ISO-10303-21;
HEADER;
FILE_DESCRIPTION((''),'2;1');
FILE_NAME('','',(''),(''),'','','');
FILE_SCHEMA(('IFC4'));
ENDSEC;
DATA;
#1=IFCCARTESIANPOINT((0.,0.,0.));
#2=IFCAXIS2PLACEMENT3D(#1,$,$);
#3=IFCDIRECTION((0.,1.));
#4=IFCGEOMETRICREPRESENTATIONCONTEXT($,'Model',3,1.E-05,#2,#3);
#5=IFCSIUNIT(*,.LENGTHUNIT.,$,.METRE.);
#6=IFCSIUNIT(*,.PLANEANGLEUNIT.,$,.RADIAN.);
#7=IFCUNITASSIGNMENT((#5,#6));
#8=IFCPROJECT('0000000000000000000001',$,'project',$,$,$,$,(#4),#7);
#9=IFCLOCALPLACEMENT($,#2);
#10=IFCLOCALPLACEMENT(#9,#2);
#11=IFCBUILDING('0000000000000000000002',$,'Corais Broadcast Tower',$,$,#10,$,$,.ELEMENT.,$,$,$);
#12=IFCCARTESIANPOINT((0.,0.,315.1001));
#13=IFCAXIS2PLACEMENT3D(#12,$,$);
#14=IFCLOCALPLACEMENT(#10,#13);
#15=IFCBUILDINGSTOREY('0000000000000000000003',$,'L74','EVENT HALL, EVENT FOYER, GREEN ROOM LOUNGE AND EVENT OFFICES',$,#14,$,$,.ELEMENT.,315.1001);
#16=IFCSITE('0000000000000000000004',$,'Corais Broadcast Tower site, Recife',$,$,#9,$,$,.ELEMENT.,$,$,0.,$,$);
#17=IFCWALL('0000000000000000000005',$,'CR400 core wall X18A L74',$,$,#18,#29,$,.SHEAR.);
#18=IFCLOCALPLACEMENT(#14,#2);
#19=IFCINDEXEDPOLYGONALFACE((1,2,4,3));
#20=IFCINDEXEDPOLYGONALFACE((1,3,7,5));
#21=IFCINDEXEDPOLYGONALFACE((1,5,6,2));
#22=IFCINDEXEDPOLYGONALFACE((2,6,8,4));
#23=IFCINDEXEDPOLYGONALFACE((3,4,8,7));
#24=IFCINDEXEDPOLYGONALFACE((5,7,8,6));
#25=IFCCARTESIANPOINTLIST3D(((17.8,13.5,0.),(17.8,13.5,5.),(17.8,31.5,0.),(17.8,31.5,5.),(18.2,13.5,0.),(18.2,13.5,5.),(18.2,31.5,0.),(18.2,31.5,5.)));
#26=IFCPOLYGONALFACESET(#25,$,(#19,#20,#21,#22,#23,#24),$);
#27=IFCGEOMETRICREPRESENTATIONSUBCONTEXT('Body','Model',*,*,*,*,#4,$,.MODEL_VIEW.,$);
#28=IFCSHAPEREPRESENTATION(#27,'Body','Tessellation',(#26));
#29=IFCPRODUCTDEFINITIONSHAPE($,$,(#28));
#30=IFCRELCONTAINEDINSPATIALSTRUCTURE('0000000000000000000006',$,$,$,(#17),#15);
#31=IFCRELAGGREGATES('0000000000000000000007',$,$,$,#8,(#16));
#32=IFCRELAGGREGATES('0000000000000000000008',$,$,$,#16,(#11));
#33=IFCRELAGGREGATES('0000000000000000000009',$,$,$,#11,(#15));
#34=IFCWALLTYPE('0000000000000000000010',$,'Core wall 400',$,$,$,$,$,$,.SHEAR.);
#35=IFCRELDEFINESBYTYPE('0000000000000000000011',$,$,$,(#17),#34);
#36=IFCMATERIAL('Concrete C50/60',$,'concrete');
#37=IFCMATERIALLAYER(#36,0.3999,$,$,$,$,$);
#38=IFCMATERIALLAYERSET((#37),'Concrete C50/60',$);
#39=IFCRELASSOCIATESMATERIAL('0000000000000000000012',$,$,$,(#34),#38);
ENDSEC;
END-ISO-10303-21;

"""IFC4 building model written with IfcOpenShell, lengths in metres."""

from ifc_helpers import new_model, si_unit, direction, frame, frame_2d, origin, place, context, subcontext, project, spatial, rectangle, extrude, material, layer, layer_set, type_object, element, save


model = new_model("IFC4")

# Units and contexts
model_context = context("Model", 3, precision=1e-05, world=origin(), true_north=direction((0.0, 1.0)))
body_context = subcontext(model_context, "Body", "Model", "MODEL_VIEW")
ifc_project = project(units=[si_unit("LENGTHUNIT", "METRE"), si_unit("PLANEANGLEUNIT", "RADIAN")], contexts=[model_context])

# Site, building, storey
site_placement = place(None, origin())
site = spatial("IfcSite", under=ifc_project, at=site_placement, Name="Corais Broadcast Tower site, Recife", CompositionType="ELEMENT", RefElevation=0.0)
building_placement = place(site_placement, origin())
building = spatial("IfcBuilding", under=site, at=building_placement, Name="Corais Broadcast Tower", CompositionType="ELEMENT")
storey_placement = place(building_placement, frame((0.0, 0.0, 315.1001)))
storey = spatial("IfcBuildingStorey", under=building, at=storey_placement, Name="L74", Description="EVENT HALL, EVENT FOYER, GREEN ROOM LOUNGE AND EVENT OFFICES", CompositionType="ELEMENT", Elevation=315.1001)

# Wall
ifc_material_1 = material(Name="Concrete C50/60", Category="concrete")
ifc_layer_1 = layer(ifc_material_1, 0.3999)
ifc_layer_set_1 = layer_set([ifc_layer_1], Name="Concrete C50/60")
wall_type_1 = type_object("IfcWallType", Name="Core wall 400", PredefinedType="SHEAR", material=ifc_layer_set_1)
wall_1_placement = place(storey_placement, frame((18.0, 13.5, 0.0), z_axis=(0.0, 0.0, 1.0), x_axis=(0.0, 1.0, 0.0)))
element("IfcWall", 1, at=wall_1_placement, inside=storey, type_object=wall_type_1, Name="CR400 core wall X18A L74", PredefinedType="SHEAR", context=body_context, shape_type="SweptSolid", body=[
    extrude(rectangle(XDim=18.0, YDim=0.3999, at=frame_2d((9.0, 0.0))), origin(), (0.0, 0.0, 1.0), 5.0),
])

save(model, "model.ifc")
